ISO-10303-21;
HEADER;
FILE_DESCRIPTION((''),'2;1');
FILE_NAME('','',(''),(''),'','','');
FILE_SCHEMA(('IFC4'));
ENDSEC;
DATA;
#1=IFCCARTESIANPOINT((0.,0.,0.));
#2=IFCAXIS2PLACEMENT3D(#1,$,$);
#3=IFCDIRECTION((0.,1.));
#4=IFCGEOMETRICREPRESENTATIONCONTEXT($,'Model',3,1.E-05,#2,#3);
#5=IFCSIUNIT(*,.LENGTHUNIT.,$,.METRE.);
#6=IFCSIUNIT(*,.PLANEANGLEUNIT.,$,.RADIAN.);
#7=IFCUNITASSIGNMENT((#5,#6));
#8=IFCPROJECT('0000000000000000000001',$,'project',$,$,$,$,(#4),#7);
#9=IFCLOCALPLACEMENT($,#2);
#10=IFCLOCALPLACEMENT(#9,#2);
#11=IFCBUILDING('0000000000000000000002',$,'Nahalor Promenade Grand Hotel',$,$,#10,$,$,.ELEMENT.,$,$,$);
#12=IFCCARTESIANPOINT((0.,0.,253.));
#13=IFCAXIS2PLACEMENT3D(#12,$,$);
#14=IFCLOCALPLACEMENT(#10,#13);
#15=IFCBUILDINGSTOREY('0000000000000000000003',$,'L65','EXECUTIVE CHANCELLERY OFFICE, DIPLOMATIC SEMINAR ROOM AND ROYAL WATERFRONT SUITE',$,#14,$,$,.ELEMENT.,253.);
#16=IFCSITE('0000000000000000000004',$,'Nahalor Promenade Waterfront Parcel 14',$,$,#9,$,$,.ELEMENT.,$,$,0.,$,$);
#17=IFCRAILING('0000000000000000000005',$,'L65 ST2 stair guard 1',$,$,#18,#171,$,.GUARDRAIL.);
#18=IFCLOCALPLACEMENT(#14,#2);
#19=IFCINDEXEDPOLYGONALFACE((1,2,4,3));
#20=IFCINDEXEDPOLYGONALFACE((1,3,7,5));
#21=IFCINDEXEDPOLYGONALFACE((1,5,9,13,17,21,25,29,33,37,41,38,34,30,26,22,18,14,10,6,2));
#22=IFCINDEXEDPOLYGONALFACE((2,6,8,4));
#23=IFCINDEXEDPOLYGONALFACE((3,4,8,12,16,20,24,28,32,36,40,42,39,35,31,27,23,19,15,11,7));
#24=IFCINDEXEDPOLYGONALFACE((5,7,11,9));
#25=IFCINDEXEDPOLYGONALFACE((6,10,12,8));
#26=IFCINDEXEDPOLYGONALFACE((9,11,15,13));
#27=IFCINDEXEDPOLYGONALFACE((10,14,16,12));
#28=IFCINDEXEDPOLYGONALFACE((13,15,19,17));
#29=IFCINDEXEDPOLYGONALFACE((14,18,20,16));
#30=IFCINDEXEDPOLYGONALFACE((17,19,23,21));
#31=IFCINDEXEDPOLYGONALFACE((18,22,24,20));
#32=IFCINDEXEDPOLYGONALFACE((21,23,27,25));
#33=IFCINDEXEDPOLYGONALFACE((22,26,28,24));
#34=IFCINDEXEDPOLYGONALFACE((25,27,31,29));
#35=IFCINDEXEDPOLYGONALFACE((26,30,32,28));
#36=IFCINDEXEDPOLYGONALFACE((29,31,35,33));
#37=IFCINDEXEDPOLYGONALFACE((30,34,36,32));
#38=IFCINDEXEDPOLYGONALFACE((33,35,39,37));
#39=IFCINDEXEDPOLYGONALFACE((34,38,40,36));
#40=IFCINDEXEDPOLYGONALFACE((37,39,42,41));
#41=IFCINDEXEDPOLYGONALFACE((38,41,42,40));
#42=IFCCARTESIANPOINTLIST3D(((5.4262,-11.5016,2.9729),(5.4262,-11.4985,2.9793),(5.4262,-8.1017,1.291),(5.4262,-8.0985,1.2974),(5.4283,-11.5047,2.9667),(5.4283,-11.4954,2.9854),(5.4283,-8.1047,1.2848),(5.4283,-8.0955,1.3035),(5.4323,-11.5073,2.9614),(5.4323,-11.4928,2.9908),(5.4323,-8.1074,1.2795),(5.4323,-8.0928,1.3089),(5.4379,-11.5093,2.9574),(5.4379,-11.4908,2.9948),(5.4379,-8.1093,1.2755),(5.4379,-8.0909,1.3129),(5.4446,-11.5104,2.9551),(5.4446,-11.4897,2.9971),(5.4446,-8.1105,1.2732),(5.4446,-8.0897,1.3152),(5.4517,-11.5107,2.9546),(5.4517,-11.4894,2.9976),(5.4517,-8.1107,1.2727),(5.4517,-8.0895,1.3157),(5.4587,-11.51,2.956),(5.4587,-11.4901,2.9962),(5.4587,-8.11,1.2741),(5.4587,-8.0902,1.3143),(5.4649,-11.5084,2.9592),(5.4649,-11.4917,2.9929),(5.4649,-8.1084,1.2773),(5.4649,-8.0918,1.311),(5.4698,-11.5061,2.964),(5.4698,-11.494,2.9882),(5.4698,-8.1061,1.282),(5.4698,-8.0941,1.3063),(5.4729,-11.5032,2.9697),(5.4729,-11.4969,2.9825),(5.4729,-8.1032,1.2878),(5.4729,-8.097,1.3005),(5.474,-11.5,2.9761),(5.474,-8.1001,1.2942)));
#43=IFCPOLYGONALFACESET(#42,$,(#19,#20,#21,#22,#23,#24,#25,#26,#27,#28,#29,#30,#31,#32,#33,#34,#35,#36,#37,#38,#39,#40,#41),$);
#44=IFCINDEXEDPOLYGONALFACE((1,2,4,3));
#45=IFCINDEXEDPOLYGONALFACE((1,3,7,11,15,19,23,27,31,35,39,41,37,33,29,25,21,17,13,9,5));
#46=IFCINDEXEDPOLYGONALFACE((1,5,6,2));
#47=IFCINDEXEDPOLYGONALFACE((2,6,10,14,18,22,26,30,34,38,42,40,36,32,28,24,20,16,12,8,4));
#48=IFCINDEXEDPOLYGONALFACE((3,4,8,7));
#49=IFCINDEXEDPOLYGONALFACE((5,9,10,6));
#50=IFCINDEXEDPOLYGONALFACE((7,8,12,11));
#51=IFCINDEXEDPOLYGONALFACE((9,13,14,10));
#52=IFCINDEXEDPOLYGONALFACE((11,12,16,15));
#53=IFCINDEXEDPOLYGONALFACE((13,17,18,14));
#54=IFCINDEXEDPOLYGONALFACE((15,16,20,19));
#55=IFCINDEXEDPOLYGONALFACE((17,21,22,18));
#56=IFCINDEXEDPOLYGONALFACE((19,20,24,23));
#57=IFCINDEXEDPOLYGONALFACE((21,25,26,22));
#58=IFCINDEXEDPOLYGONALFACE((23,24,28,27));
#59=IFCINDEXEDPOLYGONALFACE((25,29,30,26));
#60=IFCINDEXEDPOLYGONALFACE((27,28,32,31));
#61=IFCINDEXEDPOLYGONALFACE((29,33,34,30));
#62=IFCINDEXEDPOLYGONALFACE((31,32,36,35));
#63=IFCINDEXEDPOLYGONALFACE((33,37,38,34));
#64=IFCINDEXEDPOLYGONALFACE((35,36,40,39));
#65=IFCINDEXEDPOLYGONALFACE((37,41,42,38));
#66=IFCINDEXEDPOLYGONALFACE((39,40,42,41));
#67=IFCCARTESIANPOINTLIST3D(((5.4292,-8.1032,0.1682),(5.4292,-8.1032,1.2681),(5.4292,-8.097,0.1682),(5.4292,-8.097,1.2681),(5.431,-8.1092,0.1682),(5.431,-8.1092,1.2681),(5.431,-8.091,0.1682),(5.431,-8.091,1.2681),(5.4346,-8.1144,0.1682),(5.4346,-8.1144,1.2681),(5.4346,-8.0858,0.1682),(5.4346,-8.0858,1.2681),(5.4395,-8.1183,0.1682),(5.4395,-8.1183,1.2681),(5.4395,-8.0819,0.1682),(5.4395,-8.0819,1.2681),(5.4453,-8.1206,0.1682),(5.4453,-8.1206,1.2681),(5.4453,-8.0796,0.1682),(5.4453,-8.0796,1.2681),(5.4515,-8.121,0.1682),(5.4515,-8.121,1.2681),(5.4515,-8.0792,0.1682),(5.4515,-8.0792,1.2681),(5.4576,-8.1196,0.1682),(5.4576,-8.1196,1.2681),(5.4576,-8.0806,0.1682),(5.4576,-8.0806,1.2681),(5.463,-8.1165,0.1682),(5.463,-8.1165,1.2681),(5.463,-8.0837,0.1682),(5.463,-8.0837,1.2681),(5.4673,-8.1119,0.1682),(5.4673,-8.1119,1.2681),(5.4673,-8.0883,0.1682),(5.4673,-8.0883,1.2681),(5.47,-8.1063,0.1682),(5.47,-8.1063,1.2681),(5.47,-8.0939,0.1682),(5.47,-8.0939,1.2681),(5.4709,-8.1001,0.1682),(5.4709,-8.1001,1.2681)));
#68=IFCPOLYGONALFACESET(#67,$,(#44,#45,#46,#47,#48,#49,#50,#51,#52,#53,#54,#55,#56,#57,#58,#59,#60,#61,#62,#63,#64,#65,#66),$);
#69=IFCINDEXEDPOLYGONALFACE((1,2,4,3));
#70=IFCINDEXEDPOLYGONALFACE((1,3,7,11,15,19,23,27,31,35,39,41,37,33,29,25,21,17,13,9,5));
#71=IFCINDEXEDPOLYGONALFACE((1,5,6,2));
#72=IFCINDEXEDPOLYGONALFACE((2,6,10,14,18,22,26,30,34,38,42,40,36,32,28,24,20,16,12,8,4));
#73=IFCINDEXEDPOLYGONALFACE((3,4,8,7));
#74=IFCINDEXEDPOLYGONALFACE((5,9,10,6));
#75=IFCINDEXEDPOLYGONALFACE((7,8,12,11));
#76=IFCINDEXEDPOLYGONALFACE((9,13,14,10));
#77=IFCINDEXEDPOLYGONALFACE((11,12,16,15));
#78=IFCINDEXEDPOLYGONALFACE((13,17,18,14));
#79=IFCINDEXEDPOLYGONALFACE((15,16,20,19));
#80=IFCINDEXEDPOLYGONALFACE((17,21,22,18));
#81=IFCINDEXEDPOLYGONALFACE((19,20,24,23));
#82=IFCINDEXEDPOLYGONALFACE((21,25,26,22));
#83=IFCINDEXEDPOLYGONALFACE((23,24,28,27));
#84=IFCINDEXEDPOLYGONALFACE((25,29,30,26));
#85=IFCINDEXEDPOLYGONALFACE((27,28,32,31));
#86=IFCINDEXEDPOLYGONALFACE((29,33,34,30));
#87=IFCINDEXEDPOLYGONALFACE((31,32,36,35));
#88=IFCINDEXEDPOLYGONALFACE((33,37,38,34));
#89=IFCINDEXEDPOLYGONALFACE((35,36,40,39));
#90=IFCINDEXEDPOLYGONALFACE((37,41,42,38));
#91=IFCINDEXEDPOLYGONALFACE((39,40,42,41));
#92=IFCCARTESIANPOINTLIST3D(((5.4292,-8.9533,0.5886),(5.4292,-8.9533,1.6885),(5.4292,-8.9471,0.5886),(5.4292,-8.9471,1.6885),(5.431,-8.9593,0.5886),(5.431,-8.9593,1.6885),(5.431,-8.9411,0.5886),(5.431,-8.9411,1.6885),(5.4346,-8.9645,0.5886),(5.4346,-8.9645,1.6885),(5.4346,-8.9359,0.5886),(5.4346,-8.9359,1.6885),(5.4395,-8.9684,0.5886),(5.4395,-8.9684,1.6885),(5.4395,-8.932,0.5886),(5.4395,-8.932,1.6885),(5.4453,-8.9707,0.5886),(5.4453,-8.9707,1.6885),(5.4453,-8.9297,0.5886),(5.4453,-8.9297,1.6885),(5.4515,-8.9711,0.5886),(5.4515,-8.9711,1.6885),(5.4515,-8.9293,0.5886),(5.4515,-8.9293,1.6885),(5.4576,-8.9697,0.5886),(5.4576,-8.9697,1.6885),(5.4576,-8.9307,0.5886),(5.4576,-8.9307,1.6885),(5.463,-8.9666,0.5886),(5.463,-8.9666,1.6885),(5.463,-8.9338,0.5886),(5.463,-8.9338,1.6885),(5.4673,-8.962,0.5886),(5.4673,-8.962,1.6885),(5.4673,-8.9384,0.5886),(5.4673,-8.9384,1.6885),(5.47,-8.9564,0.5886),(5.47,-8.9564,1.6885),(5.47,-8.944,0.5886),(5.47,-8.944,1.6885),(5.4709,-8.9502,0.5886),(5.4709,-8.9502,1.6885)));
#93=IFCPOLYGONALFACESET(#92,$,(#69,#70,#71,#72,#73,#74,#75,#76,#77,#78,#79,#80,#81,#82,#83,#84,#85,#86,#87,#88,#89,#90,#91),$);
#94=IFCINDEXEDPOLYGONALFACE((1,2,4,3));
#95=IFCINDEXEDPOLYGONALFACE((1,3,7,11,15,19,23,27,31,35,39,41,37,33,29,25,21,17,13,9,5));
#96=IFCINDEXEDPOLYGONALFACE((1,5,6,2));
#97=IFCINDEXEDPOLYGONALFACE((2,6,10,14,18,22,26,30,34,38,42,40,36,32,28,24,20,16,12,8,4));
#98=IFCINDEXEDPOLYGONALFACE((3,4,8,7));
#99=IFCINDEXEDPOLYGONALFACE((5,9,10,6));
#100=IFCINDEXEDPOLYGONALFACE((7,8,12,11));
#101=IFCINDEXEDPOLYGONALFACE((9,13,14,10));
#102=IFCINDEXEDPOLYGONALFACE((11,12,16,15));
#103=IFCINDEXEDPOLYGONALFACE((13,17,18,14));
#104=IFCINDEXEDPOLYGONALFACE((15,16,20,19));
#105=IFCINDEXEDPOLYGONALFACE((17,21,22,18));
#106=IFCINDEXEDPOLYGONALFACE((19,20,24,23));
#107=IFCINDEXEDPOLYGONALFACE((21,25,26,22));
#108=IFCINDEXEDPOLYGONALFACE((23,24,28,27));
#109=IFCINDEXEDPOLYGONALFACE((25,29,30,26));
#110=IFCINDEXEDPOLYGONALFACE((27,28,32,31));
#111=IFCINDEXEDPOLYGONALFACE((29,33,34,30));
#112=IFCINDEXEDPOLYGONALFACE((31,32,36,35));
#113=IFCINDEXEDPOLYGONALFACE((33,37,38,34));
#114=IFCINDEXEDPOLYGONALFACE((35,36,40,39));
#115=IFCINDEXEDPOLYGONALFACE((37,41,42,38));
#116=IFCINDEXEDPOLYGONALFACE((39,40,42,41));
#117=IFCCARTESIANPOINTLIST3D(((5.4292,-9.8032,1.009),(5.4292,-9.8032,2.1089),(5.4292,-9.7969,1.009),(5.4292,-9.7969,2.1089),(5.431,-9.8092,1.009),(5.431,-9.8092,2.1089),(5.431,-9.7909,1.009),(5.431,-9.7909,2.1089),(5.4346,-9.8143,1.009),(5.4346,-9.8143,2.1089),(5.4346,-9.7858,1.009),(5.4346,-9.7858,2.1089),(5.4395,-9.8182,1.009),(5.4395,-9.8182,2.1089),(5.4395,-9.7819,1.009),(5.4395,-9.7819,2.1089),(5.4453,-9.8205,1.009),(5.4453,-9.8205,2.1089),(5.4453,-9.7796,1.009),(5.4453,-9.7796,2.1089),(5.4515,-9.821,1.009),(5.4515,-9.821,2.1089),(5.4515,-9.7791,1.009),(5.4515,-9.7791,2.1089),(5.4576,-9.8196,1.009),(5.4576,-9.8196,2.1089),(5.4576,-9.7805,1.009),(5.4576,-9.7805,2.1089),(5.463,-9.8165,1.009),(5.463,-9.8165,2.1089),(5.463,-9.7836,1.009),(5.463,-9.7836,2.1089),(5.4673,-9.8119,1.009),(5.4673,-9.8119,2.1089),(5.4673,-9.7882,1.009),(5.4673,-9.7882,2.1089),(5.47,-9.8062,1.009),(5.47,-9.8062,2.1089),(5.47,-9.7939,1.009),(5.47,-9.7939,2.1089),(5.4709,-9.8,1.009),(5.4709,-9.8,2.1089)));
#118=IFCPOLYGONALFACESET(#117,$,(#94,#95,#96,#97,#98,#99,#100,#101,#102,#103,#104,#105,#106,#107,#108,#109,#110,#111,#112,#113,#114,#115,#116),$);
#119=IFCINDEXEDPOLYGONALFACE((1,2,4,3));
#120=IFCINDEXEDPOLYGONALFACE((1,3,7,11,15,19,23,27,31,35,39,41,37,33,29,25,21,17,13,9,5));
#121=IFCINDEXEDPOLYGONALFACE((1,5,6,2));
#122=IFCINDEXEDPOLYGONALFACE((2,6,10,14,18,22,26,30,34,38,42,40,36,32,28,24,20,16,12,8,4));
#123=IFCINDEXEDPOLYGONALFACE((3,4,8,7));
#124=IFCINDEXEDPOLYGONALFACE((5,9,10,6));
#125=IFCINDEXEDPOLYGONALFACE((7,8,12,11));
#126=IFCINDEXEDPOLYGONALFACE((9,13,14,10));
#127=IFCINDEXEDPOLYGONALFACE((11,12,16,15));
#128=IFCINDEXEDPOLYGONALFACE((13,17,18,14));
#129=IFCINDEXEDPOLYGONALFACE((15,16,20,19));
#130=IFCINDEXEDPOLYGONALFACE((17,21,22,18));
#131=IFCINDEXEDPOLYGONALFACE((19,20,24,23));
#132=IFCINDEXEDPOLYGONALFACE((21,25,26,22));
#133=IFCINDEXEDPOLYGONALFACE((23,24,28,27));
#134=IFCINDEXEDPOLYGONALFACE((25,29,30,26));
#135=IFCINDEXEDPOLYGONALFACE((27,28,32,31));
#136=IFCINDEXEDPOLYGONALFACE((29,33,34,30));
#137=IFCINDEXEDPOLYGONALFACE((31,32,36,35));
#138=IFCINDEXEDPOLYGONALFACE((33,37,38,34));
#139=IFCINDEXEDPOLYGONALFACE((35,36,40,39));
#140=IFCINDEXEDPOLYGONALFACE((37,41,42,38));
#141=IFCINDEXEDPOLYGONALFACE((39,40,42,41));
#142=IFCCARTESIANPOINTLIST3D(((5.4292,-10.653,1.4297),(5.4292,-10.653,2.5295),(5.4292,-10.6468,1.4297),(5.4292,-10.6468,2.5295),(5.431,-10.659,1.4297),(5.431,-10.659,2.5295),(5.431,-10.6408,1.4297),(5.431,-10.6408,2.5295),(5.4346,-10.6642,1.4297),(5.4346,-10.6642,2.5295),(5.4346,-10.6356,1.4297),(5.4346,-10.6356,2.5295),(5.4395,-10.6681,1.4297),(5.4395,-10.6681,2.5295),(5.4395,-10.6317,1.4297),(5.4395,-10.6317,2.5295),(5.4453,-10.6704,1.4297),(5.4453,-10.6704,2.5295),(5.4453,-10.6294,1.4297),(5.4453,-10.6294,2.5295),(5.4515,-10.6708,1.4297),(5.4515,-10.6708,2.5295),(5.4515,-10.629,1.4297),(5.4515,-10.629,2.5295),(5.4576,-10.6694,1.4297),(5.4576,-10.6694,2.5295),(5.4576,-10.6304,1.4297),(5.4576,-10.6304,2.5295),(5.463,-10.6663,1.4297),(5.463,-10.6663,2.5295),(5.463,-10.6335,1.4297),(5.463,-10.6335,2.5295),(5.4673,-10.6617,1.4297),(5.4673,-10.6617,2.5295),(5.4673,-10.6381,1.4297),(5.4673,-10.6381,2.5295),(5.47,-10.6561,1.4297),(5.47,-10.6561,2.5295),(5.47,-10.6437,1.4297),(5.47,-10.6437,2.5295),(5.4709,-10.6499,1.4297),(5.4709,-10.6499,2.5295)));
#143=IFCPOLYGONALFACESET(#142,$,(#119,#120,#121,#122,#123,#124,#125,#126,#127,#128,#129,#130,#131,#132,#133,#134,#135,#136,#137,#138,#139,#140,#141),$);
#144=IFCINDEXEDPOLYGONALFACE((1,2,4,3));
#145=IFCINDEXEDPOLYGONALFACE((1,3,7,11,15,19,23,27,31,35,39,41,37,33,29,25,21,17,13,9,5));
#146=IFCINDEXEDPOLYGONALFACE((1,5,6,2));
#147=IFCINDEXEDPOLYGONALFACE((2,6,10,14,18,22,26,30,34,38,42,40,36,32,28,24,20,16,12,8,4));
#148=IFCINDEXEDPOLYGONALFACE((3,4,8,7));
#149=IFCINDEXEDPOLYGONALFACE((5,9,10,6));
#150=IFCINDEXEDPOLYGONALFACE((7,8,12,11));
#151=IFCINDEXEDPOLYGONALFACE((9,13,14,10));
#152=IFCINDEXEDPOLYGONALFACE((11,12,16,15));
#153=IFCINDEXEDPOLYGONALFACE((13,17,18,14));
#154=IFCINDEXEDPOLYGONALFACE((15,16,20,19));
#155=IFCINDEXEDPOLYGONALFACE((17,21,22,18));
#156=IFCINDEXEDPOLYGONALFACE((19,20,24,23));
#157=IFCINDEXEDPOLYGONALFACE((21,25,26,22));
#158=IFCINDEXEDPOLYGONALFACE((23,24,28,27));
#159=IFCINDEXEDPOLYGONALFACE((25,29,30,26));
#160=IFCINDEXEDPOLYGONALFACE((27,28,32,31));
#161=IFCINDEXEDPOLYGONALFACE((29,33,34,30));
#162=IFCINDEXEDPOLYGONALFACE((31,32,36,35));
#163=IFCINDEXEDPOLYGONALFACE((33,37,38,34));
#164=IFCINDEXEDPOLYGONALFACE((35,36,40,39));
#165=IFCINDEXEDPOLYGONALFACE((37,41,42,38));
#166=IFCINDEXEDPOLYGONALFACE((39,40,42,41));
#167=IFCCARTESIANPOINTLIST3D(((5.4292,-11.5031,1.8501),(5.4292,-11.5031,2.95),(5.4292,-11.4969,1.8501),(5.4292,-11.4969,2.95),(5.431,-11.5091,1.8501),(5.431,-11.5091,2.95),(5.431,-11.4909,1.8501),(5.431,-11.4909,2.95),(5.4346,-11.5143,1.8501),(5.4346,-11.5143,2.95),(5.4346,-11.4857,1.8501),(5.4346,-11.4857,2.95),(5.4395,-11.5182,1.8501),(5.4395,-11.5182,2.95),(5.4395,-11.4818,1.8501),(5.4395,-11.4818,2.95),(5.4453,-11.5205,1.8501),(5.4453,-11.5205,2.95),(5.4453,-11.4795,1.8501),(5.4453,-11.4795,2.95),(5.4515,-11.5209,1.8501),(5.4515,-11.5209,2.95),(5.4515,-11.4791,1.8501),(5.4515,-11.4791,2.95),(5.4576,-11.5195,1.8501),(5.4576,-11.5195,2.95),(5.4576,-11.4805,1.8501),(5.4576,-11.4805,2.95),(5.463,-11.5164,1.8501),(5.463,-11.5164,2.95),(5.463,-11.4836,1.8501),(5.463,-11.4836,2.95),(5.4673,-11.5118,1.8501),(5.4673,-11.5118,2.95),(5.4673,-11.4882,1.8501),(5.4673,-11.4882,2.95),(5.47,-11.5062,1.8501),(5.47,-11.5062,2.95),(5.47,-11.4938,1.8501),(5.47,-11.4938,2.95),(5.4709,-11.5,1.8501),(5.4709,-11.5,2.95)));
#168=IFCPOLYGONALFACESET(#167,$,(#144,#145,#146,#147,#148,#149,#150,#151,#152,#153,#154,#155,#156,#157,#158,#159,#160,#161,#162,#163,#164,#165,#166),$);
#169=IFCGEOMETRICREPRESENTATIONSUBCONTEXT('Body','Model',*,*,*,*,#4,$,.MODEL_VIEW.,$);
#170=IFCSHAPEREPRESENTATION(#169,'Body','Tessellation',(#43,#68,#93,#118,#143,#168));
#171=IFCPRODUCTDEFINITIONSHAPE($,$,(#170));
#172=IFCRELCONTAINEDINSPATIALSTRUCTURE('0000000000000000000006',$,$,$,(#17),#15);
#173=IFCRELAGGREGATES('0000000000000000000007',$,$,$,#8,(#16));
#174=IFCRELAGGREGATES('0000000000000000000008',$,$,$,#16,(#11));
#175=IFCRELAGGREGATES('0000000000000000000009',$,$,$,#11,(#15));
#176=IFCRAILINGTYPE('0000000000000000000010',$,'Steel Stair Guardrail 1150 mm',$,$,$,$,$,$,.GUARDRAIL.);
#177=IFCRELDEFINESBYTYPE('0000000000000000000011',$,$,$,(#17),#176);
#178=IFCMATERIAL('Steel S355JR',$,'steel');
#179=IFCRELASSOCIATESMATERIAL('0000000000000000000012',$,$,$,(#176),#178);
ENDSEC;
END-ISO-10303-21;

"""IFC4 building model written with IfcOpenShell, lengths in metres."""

from ifc_helpers import new_model, si_unit, direction, frame, origin, origin_2d, place, context, subcontext, project, spatial, circle, extrude, material, type_object, element, save


model = new_model("IFC4")

# Units and contexts
model_context = context("Model", 3, precision=1e-05, world=origin(), true_north=direction((0.0, 1.0)))
body_context = subcontext(model_context, "Body", "Model", "MODEL_VIEW")
ifc_project = project(units=[si_unit("LENGTHUNIT", "METRE"), si_unit("PLANEANGLEUNIT", "RADIAN")], contexts=[model_context])

# Site, building, storey
site_placement = place(None, origin())
site = spatial("IfcSite", under=ifc_project, at=site_placement, Name="Nahalor Promenade Waterfront Parcel 14", CompositionType="ELEMENT", RefElevation=0.0)
building_placement = place(site_placement, origin())
building = spatial("IfcBuilding", under=site, at=building_placement, Name="Nahalor Promenade Grand Hotel", CompositionType="ELEMENT")
storey_placement = place(building_placement, frame((0.0, 0.0, 253.0)))
storey = spatial("IfcBuildingStorey", under=building, at=storey_placement, Name="L65", Description="EXECUTIVE CHANCELLERY OFFICE, DIPLOMATIC SEMINAR ROOM AND ROYAL WATERFRONT SUITE", CompositionType="ELEMENT", Elevation=253.0)

# Shared definitions
ifc_material_1 = material(Name="Steel S355JR", Category="steel")

# Railing
railing_type_1 = type_object("IfcRailingType", Name="Steel Stair Guardrail 1150 mm", PredefinedType="GUARDRAIL", material=ifc_material_1)
railing_1_placement = place(storey_placement, frame((5.45, -8.1001, 0.1682)))
element("IfcRailing", 1, at=railing_1_placement, inside=storey, type_object=railing_type_1, Name="L65 ST2 stair guard 1", PredefinedType="GUARDRAIL", context=body_context, shape_type="SweptSolid", body=[
    extrude(circle(Radius=0.024, at=origin_2d()), frame((0.0, 0.0, 1.126), z_axis=(0.0, -0.896324, 0.443399), x_axis=(1.0, 0.0, 0.0)), (0.0, 0.0, 1.0), 3.7932),
    extrude(circle(Radius=0.021, at=origin_2d()), origin(), (0.0, 0.0, 1.0), 1.0999),
    extrude(circle(Radius=0.021, at=origin_2d()), frame((0.0, -0.8501, 0.4204)), (0.0, 0.0, 1.0), 1.0999),
    extrude(circle(Radius=0.021, at=origin_2d()), frame((0.0, -1.7, 0.8408)), (0.0, 0.0, 1.0), 1.0999),
    extrude(circle(Radius=0.021, at=origin_2d()), frame((0.0, -2.5498, 1.2615)), (0.0, 0.0, 1.0), 1.0999),
    extrude(circle(Radius=0.021, at=origin_2d()), frame((0.0, -3.3999, 1.6819)), (0.0, 0.0, 1.0), 1.0999),
])

save(model, "model.ifc")
